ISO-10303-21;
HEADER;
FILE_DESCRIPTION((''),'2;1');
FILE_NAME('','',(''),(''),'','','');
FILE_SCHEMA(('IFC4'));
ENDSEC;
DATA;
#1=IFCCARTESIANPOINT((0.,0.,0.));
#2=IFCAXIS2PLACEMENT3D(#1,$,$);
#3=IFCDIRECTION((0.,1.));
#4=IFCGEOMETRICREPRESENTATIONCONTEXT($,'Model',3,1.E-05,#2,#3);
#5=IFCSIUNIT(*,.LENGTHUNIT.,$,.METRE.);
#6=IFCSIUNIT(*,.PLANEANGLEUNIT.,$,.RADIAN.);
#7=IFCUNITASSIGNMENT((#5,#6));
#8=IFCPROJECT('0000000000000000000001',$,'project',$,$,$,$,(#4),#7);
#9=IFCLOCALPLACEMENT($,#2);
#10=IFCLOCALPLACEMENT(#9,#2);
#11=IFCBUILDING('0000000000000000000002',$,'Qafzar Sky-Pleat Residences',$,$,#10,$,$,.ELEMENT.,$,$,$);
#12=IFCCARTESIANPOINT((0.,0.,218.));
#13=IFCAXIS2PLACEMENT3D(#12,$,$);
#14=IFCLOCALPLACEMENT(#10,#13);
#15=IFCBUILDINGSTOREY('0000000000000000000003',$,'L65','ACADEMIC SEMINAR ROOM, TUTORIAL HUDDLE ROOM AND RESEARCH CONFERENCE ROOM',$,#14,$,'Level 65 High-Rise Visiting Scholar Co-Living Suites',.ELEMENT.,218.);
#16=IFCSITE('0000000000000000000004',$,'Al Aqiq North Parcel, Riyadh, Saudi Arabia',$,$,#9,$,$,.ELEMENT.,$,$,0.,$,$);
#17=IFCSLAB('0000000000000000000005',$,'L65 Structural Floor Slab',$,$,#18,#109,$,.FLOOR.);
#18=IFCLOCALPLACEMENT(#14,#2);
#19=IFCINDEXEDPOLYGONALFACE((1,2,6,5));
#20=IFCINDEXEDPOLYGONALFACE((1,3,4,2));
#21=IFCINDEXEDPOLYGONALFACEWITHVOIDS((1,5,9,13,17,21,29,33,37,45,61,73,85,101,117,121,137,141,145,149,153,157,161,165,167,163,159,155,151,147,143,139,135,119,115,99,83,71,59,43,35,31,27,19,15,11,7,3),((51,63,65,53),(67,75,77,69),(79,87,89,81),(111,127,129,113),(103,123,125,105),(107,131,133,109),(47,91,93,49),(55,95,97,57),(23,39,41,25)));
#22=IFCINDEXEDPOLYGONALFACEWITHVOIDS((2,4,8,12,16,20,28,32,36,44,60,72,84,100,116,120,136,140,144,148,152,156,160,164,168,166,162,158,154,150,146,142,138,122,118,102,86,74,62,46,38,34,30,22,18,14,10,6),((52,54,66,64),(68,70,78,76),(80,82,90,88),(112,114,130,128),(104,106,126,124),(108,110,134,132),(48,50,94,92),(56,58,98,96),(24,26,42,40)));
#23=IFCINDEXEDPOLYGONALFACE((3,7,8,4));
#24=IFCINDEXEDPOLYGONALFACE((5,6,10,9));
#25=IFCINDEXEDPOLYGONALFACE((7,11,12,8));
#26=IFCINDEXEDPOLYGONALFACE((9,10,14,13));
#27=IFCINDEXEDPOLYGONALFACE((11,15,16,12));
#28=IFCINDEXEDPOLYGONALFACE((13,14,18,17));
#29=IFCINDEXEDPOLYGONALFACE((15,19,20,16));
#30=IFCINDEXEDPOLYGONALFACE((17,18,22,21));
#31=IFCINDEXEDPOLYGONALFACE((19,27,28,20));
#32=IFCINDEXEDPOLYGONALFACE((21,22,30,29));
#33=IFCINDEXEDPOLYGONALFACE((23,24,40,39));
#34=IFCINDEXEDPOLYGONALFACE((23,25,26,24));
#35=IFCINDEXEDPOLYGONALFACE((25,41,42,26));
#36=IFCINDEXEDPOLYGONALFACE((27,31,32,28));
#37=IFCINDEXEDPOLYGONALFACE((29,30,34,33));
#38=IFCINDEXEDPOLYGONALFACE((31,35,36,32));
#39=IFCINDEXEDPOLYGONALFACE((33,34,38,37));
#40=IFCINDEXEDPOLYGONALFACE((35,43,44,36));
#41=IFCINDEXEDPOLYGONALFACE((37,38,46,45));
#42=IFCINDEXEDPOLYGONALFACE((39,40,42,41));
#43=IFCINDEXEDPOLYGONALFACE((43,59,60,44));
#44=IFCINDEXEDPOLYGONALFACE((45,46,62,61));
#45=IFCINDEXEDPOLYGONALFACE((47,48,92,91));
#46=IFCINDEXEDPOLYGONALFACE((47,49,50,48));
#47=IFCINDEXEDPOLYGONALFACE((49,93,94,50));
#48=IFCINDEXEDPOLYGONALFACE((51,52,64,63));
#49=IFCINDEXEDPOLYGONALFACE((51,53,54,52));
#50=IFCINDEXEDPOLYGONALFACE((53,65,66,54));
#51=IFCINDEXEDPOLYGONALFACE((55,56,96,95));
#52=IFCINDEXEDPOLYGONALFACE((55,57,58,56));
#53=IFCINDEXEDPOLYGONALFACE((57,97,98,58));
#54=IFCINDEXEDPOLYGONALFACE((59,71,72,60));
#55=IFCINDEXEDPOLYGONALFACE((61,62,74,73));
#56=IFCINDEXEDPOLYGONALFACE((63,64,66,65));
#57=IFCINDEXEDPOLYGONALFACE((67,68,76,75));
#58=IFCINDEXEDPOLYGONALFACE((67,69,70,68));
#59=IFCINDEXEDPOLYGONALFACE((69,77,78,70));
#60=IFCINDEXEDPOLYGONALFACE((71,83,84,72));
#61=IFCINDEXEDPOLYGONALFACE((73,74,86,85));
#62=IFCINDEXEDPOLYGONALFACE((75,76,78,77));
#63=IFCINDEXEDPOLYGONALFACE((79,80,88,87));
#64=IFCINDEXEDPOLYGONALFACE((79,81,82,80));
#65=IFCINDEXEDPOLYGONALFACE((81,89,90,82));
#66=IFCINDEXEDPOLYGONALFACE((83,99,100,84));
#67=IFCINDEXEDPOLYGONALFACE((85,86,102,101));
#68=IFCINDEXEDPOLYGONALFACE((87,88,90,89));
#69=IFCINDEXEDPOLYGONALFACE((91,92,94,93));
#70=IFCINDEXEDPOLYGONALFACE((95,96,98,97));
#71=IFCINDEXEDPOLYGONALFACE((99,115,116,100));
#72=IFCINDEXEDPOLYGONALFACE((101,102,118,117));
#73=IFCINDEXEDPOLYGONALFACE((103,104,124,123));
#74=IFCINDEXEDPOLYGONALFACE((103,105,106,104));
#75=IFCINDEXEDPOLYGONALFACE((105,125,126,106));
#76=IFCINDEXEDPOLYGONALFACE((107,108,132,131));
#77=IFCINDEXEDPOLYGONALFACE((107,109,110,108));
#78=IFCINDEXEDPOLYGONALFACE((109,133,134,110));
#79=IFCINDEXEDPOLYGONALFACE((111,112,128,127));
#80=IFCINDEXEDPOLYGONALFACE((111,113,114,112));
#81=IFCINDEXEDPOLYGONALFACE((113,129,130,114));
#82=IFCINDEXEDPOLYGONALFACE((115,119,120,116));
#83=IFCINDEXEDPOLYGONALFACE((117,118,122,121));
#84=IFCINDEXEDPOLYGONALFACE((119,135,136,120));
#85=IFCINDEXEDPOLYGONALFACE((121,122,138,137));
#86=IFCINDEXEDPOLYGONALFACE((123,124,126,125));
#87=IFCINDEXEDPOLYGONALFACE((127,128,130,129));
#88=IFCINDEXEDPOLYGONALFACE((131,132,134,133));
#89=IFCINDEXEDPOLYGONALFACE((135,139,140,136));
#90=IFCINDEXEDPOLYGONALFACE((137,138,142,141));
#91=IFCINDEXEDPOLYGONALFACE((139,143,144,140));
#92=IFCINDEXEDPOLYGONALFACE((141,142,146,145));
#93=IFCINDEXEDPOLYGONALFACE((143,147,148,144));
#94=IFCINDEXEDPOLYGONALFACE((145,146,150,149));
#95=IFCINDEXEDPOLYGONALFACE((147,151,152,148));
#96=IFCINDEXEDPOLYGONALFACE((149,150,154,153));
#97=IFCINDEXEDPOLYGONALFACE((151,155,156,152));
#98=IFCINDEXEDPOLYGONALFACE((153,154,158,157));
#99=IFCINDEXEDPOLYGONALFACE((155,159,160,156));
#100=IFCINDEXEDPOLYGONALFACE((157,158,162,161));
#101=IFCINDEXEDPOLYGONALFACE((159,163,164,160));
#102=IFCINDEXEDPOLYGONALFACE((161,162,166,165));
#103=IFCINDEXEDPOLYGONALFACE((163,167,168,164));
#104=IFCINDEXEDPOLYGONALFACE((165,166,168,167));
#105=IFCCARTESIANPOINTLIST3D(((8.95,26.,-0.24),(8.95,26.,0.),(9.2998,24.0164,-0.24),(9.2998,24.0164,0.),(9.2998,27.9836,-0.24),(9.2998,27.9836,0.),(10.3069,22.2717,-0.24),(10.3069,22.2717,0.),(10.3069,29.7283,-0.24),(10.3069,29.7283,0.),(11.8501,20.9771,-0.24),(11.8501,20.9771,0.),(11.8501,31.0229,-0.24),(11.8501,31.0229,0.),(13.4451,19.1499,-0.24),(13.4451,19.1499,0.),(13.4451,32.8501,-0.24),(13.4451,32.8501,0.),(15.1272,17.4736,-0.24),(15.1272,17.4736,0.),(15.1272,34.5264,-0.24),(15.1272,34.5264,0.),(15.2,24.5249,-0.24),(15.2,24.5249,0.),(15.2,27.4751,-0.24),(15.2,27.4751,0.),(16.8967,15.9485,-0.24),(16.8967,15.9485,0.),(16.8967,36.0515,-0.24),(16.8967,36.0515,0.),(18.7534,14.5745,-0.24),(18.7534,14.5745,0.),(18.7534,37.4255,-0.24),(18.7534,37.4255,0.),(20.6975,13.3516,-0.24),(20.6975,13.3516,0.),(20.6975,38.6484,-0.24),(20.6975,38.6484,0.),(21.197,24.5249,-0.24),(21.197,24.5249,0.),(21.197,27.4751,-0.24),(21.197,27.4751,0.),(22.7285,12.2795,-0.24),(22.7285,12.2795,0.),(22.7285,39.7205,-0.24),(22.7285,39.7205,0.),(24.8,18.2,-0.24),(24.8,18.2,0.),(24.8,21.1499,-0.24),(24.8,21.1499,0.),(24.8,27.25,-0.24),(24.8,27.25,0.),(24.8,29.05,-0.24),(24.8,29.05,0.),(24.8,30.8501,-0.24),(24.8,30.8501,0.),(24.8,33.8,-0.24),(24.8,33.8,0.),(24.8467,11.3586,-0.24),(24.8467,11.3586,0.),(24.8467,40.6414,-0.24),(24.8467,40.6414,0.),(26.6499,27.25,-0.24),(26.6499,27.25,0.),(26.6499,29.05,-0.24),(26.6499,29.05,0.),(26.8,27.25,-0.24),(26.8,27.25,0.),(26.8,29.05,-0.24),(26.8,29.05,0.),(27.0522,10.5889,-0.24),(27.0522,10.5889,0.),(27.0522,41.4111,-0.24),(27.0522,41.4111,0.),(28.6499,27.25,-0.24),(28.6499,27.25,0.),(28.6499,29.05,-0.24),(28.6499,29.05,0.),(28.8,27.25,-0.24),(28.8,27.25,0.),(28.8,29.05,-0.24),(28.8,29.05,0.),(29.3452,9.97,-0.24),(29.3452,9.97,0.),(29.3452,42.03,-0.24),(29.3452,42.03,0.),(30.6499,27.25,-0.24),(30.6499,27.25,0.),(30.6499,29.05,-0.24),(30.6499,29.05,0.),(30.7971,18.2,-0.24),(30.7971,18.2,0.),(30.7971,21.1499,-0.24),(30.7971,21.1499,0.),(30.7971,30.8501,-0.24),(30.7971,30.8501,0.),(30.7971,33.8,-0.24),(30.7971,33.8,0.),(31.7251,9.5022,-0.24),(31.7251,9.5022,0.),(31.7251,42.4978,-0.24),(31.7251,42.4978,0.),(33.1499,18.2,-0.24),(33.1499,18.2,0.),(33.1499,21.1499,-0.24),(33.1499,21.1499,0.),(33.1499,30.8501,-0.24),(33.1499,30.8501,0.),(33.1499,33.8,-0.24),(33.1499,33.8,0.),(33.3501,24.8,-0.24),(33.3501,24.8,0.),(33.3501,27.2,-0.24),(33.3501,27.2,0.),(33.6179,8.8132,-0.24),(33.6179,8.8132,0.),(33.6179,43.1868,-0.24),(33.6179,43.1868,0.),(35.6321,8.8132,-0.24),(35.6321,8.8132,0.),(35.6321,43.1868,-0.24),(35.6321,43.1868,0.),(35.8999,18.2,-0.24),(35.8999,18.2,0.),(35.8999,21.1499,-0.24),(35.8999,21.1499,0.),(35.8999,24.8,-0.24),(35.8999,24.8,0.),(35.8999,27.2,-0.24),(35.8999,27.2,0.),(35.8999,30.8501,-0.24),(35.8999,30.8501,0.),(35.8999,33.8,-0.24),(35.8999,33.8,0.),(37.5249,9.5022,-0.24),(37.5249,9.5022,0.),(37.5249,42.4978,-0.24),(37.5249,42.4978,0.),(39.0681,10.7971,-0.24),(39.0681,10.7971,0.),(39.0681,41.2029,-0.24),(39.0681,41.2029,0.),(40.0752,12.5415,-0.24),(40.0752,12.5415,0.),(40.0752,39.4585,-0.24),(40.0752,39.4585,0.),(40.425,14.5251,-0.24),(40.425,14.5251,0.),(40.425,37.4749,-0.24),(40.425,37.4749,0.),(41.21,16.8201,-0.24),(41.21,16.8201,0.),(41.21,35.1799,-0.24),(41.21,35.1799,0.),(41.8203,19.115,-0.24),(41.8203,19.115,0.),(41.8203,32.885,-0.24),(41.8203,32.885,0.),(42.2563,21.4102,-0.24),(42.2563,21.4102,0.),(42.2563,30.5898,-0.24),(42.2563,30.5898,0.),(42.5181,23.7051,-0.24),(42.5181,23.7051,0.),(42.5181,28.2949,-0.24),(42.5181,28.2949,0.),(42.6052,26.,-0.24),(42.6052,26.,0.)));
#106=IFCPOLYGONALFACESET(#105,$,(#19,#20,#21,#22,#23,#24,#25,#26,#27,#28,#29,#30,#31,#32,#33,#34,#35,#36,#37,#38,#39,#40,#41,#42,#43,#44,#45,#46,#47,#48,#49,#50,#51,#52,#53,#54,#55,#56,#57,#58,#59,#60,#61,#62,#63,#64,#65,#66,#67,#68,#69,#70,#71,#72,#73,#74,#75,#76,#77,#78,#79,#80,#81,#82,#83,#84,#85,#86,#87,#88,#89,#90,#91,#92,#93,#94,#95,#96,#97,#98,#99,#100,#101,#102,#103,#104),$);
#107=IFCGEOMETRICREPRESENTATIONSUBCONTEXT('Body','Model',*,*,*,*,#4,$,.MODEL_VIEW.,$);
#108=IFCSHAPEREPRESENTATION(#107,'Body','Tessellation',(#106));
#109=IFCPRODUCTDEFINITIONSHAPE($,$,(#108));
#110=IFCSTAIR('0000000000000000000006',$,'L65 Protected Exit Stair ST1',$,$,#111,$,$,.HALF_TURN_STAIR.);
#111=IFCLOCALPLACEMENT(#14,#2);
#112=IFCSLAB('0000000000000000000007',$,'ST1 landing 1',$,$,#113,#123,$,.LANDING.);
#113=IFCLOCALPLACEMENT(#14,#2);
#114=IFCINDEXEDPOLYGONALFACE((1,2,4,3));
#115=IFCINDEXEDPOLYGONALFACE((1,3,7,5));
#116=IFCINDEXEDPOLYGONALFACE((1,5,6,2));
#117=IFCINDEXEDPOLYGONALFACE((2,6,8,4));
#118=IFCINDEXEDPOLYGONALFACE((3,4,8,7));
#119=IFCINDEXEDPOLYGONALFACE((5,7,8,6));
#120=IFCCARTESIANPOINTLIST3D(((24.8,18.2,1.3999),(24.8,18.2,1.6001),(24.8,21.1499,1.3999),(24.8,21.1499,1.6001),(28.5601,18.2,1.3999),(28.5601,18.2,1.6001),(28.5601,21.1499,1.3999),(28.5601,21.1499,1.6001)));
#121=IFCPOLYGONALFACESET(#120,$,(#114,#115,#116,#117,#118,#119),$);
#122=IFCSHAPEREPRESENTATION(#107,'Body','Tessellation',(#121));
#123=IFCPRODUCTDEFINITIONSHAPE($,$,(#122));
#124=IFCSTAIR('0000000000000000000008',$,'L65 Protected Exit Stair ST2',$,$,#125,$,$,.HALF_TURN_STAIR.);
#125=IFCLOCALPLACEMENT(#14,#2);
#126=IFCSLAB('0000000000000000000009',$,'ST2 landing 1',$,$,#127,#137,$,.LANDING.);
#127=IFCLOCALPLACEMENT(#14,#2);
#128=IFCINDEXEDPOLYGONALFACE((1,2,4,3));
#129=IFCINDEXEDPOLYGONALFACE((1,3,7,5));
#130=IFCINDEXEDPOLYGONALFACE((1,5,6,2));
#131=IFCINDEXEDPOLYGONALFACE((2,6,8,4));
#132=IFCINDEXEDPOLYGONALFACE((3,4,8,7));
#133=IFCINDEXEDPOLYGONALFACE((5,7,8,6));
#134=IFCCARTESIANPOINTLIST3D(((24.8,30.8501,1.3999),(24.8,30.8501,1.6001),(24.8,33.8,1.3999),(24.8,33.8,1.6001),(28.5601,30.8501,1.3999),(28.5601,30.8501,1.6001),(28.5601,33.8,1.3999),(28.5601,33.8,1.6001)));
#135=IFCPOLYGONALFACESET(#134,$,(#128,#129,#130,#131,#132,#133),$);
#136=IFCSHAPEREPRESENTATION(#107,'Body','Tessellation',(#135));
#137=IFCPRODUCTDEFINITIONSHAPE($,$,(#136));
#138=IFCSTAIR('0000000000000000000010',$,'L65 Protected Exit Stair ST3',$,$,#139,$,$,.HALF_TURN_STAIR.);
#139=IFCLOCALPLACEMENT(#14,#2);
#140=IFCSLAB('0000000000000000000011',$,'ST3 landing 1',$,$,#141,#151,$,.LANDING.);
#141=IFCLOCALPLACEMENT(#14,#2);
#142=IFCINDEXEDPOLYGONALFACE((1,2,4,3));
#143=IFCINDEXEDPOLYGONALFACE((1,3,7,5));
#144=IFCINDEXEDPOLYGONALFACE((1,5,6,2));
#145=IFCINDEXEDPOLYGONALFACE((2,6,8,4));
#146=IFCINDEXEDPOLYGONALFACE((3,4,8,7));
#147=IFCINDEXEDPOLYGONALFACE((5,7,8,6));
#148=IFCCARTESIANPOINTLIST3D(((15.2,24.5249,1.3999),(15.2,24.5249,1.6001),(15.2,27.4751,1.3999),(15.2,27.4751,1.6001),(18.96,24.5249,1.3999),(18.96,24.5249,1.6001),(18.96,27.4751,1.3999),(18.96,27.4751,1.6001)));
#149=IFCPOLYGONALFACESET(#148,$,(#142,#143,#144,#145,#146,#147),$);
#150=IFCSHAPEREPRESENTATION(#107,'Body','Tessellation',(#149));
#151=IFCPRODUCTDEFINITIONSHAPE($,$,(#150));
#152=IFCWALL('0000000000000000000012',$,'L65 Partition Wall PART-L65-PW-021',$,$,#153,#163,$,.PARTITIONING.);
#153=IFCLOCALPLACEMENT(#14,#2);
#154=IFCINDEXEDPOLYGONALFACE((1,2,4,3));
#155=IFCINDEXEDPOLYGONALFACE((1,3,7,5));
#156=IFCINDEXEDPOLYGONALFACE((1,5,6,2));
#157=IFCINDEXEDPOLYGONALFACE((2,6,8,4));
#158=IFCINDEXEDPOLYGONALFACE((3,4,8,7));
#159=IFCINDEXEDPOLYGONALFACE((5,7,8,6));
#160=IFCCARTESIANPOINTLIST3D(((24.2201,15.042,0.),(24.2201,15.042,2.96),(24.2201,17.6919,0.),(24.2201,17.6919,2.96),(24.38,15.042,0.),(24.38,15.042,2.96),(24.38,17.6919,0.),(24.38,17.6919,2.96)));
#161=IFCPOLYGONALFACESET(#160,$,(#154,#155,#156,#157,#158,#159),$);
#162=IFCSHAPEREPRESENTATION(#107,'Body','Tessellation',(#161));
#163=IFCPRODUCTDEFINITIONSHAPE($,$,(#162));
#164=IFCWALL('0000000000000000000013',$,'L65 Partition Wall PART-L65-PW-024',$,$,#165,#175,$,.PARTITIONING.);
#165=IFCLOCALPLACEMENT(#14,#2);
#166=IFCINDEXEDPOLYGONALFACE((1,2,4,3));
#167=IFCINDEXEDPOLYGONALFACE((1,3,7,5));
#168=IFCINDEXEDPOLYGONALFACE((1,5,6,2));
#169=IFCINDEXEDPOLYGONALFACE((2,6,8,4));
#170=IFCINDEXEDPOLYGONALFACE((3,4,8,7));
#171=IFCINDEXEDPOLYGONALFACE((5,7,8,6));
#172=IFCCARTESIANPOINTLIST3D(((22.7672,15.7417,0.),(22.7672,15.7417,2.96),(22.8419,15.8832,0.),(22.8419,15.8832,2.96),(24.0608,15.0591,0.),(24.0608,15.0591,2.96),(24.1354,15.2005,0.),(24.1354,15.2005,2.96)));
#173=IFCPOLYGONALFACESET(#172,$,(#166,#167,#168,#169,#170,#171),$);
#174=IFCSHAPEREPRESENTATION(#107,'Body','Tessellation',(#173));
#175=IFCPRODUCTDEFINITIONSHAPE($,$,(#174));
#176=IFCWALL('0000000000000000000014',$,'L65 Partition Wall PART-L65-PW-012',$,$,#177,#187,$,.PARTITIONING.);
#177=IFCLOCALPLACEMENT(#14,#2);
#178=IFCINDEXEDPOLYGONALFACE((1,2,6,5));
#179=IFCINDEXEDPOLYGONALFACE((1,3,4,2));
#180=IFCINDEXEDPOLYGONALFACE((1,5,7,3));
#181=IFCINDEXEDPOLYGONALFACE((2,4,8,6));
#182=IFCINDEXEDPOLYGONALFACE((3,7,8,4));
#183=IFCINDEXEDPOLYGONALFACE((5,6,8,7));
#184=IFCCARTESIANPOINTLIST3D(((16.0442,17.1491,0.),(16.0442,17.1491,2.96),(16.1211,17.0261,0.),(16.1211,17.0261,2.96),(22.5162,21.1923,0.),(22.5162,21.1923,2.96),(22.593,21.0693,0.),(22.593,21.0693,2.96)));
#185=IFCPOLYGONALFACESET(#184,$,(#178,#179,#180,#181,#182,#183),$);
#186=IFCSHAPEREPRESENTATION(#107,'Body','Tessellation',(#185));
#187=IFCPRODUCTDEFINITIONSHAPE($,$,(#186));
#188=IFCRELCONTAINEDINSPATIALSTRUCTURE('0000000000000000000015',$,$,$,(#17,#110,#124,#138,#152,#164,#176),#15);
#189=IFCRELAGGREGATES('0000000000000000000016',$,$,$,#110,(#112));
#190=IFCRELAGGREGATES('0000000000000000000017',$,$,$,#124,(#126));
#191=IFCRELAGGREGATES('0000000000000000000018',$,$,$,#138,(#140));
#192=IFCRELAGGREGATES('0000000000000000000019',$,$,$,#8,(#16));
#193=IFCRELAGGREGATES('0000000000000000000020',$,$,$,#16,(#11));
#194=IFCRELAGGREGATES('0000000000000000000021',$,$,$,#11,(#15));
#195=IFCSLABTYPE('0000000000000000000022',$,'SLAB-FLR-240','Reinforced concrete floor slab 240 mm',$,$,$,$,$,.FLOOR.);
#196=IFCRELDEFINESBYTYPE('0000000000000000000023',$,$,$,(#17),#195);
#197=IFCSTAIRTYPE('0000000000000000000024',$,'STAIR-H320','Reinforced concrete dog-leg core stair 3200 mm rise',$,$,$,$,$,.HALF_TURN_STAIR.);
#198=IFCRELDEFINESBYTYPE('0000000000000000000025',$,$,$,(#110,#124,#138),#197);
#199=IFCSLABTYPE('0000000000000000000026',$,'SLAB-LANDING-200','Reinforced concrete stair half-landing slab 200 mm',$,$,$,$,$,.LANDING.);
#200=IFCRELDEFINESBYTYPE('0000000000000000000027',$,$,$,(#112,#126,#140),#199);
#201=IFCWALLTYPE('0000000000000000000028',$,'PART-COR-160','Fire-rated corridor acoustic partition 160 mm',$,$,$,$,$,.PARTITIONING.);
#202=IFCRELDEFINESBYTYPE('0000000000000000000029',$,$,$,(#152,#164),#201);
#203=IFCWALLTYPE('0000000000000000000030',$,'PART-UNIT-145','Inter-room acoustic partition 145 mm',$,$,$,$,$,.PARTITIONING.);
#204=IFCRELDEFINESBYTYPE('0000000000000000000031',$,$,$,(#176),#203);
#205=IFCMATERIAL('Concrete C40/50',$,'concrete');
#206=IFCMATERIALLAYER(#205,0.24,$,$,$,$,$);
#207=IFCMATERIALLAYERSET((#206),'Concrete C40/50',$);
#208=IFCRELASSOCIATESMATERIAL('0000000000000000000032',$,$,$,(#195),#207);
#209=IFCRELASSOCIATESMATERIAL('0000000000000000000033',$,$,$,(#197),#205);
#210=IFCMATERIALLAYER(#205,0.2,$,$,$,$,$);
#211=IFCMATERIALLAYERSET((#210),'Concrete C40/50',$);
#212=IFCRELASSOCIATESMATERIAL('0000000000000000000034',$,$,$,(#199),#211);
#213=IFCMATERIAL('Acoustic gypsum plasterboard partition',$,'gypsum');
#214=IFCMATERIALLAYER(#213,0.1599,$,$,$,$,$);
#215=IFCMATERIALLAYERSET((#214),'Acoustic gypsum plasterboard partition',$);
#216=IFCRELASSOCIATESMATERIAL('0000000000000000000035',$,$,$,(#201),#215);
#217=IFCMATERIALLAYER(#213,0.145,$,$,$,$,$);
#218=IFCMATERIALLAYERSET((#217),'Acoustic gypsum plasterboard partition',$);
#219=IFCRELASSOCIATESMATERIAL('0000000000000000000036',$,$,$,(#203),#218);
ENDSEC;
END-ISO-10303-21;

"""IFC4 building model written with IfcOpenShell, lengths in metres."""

from ifc_helpers import new_model, si_unit, direction, frame, frame_2d, origin, place, context, subcontext, project, spatial, polyline, rectangle, outline, extrude, material, layer, layer_set, type_object, element, aggregate, save


model = new_model("IFC4")

# Units and contexts
model_context = context("Model", 3, precision=1e-05, world=origin(), true_north=direction((0.0, 1.0)))
body_context = subcontext(model_context, "Body", "Model", "MODEL_VIEW")
ifc_project = project(units=[si_unit("LENGTHUNIT", "METRE"), si_unit("PLANEANGLEUNIT", "RADIAN")], contexts=[model_context])

# Site, building, storey
site_placement = place(None, origin())
site = spatial("IfcSite", under=ifc_project, at=site_placement, Name="Al Aqiq North Parcel, Riyadh, Saudi Arabia", CompositionType="ELEMENT", RefElevation=0.0)
building_placement = place(site_placement, origin())
building = spatial("IfcBuilding", under=site, at=building_placement, Name="Qafzar Sky-Pleat Residences", CompositionType="ELEMENT")
storey_placement = place(building_placement, frame((0.0, 0.0, 218.0)))
storey = spatial("IfcBuildingStorey", under=building, at=storey_placement, Name="L65", Description="ACADEMIC SEMINAR ROOM, TUTORIAL HUDDLE ROOM AND RESEARCH CONFERENCE ROOM", LongName="Level 65 High-Rise Visiting Scholar Co-Living Suites", CompositionType="ELEMENT", Elevation=218.0)

# Slab
ifc_material_1 = material(Name="Concrete C40/50", Category="concrete")
ifc_layer_1 = layer(ifc_material_1, 0.24)
ifc_layer_set_1 = layer_set([ifc_layer_1], Name="Concrete C40/50")
slab_type_1 = type_object("IfcSlabType", Name="SLAB-FLR-240", Description="Reinforced concrete floor slab 240 mm", PredefinedType="FLOOR", material=ifc_layer_set_1)
slab_1_placement = place(storey_placement, frame((0.0, 0.0, -0.24)))
element("IfcSlab", 1, at=slab_1_placement, inside=storey, type_object=slab_type_1, Name="L65 Structural Floor Slab", PredefinedType="FLOOR", context=body_context, shape_type="SweptSolid", body=[
    extrude(outline(polyline([(11.8501, 31.0229), (10.3069, 29.7283), (9.2998, 27.9836), (8.95, 26.0), (9.2998, 24.0164), (10.3069, 22.2717), (11.8501, 20.9771), (13.4451, 19.1499), (15.1272, 17.4736), (16.8967, 15.9485), (18.7534, 14.5745), (20.6975, 13.3516), (22.7285, 12.2795), (24.8467, 11.3586), (27.0522, 10.5889), (29.3452, 9.97), (31.7251, 9.5022), (33.6179, 8.8132), (35.6321, 8.8132), (37.5249, 9.5022), (39.0681, 10.7971), (40.0752, 12.5415), (40.425, 14.5251), (41.21, 16.8201), (41.8203, 19.115), (42.2563, 21.4102), (42.5181, 23.7051), (42.6052, 26.0), (42.5181, 28.2949), (42.2563, 30.5898), (41.8203, 32.885), (41.21, 35.1799), (40.425, 37.4749), (40.0752, 39.4585), (39.0681, 41.2029), (37.5249, 42.4978), (35.6321, 43.1868), (33.6179, 43.1868), (31.7251, 42.4978), (29.3452, 42.03), (27.0522, 41.4111), (24.8467, 40.6414), (22.7285, 39.7205), (20.6975, 38.6484), (18.7534, 37.4255), (16.8967, 36.0515), (15.1272, 34.5264), (13.4451, 32.8501), (11.8501, 31.0229)]), holes=[polyline([(30.7971, 21.1499), (24.8, 21.1499), (24.8, 18.2), (30.7971, 18.2), (30.7971, 21.1499)]), polyline([(30.7971, 33.8), (24.8, 33.8), (24.8, 30.8501), (30.7971, 30.8501), (30.7971, 33.8)]), polyline([(21.197, 27.4751), (15.2, 27.4751), (15.2, 24.5249), (21.197, 24.5249), (21.197, 27.4751)]), polyline([(24.8, 27.25), (26.6499, 27.25), (26.6499, 29.05), (24.8, 29.05), (24.8, 27.25)]), polyline([(26.8, 27.25), (28.6499, 27.25), (28.6499, 29.05), (26.8, 29.05), (26.8, 27.25)]), polyline([(28.8, 27.25), (30.6499, 27.25), (30.6499, 29.05), (28.8, 29.05), (28.8, 27.25)]), polyline([(33.1499, 18.2), (35.8999, 18.2), (35.8999, 21.1499), (33.1499, 21.1499), (33.1499, 18.2)]), polyline([(33.1499, 30.8501), (35.8999, 30.8501), (35.8999, 33.8), (33.1499, 33.8), (33.1499, 30.8501)]), polyline([(33.3501, 24.8), (35.8999, 24.8), (35.8999, 27.2), (33.3501, 27.2), (33.3501, 24.8)])]), origin(), (0.0, 0.0, 1.0), 0.24),
])

# Stairs, slabs
stair_type = type_object("IfcStairType", Name="STAIR-H320", Description="Reinforced concrete dog-leg core stair 3200 mm rise", PredefinedType="HALF_TURN_STAIR", material=ifc_material_1)
stair_1_placement = place(storey_placement, origin())
stair_1 = element("IfcStair", 2, at=stair_1_placement, inside=storey, type_object=stair_type, Name="L65 Protected Exit Stair ST1", PredefinedType="HALF_TURN_STAIR")
ifc_layer_2 = layer(ifc_material_1, 0.2)
ifc_layer_set_2 = layer_set([ifc_layer_2], Name="Concrete C40/50")
slab_type_2 = type_object("IfcSlabType", Name="SLAB-LANDING-200", Description="Reinforced concrete stair half-landing slab 200 mm", PredefinedType="LANDING", material=ifc_layer_set_2)
slab_2_placement = place(storey_placement, frame((0.0, 0.0, 1.3999)))
slab_2 = element("IfcSlab", 3, at=slab_2_placement, type_object=slab_type_2, Name="ST1 landing 1", PredefinedType="LANDING", context=body_context, shape_type="SweptSolid", body=[
    extrude(outline(polyline([(28.5601, 21.1499), (24.8, 21.1499), (24.8, 18.2), (28.5601, 18.2), (28.5601, 21.1499)])), origin(), (0.0, 0.0, 1.0), 0.2002),
])
aggregate(stair_1, [slab_2])
stair_2_placement = place(storey_placement, origin())
stair_2 = element("IfcStair", 4, at=stair_2_placement, inside=storey, type_object=stair_type, Name="L65 Protected Exit Stair ST2", PredefinedType="HALF_TURN_STAIR")
slab_3_placement = place(storey_placement, frame((0.0, 0.0, 1.3999)))
slab_3 = element("IfcSlab", 5, at=slab_3_placement, type_object=slab_type_2, Name="ST2 landing 1", PredefinedType="LANDING", context=body_context, shape_type="SweptSolid", body=[
    extrude(outline(polyline([(28.5601, 33.8), (24.8, 33.8), (24.8, 30.8501), (28.5601, 30.8501), (28.5601, 33.8)])), origin(), (0.0, 0.0, 1.0), 0.2002),
])
aggregate(stair_2, [slab_3])
stair_3_placement = place(storey_placement, origin())
stair_3 = element("IfcStair", 6, at=stair_3_placement, inside=storey, type_object=stair_type, Name="L65 Protected Exit Stair ST3", PredefinedType="HALF_TURN_STAIR")
slab_4_placement = place(storey_placement, frame((0.0, 0.0, 1.3999)))
slab_4 = element("IfcSlab", 7, at=slab_4_placement, type_object=slab_type_2, Name="ST3 landing 1", PredefinedType="LANDING", context=body_context, shape_type="SweptSolid", body=[
    extrude(outline(polyline([(18.96, 27.4751), (15.2, 27.4751), (15.2, 24.5249), (18.96, 24.5249), (18.96, 27.4751)])), origin(), (0.0, 0.0, 1.0), 0.2002),
])
aggregate(stair_3, [slab_4])

# Walls
ifc_material_2 = material(Name="Acoustic gypsum plasterboard partition", Category="gypsum")
ifc_layer_3 = layer(ifc_material_2, 0.1599)
ifc_layer_set_3 = layer_set([ifc_layer_3], Name="Acoustic gypsum plasterboard partition")
wall_type_1 = type_object("IfcWallType", Name="PART-COR-160", Description="Fire-rated corridor acoustic partition 160 mm", PredefinedType="PARTITIONING", material=ifc_layer_set_3)
wall_1_placement = place(storey_placement, frame((24.3, 15.042, 0.0), z_axis=(0.0, 0.0, 1.0), x_axis=(0.0, 1.0, 0.0)))
element("IfcWall", 8, at=wall_1_placement, inside=storey, type_object=wall_type_1, Name="L65 Partition Wall PART-L65-PW-021", PredefinedType="PARTITIONING", context=body_context, shape_type="SweptSolid", body=[
    extrude(rectangle(XDim=2.6499, YDim=0.1599, at=frame_2d((1.325, 0.0))), origin(), (0.0, 0.0, 1.0), 2.96),
])
wall_2_placement = place(storey_placement, frame((22.8044, 15.8125, 0.0), z_axis=(0.0, 0.0, 1.0), x_axis=(0.884396, -0.466737, 0.0)))
element("IfcWall", 9, at=wall_2_placement, inside=storey, type_object=wall_type_1, Name="L65 Partition Wall PART-L65-PW-024", PredefinedType="PARTITIONING", context=body_context, shape_type="SweptSolid", body=[
    extrude(rectangle(XDim=1.4626, YDim=0.1599, at=frame_2d((0.7314, 0.0))), origin(), (0.0, 0.0, 1.0), 2.96),
])
ifc_layer_4 = layer(ifc_material_2, 0.145)
ifc_layer_set_4 = layer_set([ifc_layer_4], Name="Acoustic gypsum plasterboard partition")
wall_type_2 = type_object("IfcWallType", Name="PART-UNIT-145", Description="Inter-room acoustic partition 145 mm", PredefinedType="PARTITIONING", material=ifc_layer_set_4)
wall_3_placement = place(storey_placement, frame((16.0828, 17.0876, 0.0), z_axis=(0.0, 0.0, 1.0), x_axis=(0.848101, 0.529835, 0.0)))
element("IfcWall", 10, at=wall_3_placement, inside=storey, type_object=wall_type_2, Name="L65 Partition Wall PART-L65-PW-012", PredefinedType="PARTITIONING", context=body_context, shape_type="SweptSolid", body=[
    extrude(rectangle(XDim=7.6311, YDim=0.145, at=frame_2d((3.8154, 0.0))), origin(), (0.0, 0.0, 1.0), 2.96),
])

save(model, "model.ifc")
